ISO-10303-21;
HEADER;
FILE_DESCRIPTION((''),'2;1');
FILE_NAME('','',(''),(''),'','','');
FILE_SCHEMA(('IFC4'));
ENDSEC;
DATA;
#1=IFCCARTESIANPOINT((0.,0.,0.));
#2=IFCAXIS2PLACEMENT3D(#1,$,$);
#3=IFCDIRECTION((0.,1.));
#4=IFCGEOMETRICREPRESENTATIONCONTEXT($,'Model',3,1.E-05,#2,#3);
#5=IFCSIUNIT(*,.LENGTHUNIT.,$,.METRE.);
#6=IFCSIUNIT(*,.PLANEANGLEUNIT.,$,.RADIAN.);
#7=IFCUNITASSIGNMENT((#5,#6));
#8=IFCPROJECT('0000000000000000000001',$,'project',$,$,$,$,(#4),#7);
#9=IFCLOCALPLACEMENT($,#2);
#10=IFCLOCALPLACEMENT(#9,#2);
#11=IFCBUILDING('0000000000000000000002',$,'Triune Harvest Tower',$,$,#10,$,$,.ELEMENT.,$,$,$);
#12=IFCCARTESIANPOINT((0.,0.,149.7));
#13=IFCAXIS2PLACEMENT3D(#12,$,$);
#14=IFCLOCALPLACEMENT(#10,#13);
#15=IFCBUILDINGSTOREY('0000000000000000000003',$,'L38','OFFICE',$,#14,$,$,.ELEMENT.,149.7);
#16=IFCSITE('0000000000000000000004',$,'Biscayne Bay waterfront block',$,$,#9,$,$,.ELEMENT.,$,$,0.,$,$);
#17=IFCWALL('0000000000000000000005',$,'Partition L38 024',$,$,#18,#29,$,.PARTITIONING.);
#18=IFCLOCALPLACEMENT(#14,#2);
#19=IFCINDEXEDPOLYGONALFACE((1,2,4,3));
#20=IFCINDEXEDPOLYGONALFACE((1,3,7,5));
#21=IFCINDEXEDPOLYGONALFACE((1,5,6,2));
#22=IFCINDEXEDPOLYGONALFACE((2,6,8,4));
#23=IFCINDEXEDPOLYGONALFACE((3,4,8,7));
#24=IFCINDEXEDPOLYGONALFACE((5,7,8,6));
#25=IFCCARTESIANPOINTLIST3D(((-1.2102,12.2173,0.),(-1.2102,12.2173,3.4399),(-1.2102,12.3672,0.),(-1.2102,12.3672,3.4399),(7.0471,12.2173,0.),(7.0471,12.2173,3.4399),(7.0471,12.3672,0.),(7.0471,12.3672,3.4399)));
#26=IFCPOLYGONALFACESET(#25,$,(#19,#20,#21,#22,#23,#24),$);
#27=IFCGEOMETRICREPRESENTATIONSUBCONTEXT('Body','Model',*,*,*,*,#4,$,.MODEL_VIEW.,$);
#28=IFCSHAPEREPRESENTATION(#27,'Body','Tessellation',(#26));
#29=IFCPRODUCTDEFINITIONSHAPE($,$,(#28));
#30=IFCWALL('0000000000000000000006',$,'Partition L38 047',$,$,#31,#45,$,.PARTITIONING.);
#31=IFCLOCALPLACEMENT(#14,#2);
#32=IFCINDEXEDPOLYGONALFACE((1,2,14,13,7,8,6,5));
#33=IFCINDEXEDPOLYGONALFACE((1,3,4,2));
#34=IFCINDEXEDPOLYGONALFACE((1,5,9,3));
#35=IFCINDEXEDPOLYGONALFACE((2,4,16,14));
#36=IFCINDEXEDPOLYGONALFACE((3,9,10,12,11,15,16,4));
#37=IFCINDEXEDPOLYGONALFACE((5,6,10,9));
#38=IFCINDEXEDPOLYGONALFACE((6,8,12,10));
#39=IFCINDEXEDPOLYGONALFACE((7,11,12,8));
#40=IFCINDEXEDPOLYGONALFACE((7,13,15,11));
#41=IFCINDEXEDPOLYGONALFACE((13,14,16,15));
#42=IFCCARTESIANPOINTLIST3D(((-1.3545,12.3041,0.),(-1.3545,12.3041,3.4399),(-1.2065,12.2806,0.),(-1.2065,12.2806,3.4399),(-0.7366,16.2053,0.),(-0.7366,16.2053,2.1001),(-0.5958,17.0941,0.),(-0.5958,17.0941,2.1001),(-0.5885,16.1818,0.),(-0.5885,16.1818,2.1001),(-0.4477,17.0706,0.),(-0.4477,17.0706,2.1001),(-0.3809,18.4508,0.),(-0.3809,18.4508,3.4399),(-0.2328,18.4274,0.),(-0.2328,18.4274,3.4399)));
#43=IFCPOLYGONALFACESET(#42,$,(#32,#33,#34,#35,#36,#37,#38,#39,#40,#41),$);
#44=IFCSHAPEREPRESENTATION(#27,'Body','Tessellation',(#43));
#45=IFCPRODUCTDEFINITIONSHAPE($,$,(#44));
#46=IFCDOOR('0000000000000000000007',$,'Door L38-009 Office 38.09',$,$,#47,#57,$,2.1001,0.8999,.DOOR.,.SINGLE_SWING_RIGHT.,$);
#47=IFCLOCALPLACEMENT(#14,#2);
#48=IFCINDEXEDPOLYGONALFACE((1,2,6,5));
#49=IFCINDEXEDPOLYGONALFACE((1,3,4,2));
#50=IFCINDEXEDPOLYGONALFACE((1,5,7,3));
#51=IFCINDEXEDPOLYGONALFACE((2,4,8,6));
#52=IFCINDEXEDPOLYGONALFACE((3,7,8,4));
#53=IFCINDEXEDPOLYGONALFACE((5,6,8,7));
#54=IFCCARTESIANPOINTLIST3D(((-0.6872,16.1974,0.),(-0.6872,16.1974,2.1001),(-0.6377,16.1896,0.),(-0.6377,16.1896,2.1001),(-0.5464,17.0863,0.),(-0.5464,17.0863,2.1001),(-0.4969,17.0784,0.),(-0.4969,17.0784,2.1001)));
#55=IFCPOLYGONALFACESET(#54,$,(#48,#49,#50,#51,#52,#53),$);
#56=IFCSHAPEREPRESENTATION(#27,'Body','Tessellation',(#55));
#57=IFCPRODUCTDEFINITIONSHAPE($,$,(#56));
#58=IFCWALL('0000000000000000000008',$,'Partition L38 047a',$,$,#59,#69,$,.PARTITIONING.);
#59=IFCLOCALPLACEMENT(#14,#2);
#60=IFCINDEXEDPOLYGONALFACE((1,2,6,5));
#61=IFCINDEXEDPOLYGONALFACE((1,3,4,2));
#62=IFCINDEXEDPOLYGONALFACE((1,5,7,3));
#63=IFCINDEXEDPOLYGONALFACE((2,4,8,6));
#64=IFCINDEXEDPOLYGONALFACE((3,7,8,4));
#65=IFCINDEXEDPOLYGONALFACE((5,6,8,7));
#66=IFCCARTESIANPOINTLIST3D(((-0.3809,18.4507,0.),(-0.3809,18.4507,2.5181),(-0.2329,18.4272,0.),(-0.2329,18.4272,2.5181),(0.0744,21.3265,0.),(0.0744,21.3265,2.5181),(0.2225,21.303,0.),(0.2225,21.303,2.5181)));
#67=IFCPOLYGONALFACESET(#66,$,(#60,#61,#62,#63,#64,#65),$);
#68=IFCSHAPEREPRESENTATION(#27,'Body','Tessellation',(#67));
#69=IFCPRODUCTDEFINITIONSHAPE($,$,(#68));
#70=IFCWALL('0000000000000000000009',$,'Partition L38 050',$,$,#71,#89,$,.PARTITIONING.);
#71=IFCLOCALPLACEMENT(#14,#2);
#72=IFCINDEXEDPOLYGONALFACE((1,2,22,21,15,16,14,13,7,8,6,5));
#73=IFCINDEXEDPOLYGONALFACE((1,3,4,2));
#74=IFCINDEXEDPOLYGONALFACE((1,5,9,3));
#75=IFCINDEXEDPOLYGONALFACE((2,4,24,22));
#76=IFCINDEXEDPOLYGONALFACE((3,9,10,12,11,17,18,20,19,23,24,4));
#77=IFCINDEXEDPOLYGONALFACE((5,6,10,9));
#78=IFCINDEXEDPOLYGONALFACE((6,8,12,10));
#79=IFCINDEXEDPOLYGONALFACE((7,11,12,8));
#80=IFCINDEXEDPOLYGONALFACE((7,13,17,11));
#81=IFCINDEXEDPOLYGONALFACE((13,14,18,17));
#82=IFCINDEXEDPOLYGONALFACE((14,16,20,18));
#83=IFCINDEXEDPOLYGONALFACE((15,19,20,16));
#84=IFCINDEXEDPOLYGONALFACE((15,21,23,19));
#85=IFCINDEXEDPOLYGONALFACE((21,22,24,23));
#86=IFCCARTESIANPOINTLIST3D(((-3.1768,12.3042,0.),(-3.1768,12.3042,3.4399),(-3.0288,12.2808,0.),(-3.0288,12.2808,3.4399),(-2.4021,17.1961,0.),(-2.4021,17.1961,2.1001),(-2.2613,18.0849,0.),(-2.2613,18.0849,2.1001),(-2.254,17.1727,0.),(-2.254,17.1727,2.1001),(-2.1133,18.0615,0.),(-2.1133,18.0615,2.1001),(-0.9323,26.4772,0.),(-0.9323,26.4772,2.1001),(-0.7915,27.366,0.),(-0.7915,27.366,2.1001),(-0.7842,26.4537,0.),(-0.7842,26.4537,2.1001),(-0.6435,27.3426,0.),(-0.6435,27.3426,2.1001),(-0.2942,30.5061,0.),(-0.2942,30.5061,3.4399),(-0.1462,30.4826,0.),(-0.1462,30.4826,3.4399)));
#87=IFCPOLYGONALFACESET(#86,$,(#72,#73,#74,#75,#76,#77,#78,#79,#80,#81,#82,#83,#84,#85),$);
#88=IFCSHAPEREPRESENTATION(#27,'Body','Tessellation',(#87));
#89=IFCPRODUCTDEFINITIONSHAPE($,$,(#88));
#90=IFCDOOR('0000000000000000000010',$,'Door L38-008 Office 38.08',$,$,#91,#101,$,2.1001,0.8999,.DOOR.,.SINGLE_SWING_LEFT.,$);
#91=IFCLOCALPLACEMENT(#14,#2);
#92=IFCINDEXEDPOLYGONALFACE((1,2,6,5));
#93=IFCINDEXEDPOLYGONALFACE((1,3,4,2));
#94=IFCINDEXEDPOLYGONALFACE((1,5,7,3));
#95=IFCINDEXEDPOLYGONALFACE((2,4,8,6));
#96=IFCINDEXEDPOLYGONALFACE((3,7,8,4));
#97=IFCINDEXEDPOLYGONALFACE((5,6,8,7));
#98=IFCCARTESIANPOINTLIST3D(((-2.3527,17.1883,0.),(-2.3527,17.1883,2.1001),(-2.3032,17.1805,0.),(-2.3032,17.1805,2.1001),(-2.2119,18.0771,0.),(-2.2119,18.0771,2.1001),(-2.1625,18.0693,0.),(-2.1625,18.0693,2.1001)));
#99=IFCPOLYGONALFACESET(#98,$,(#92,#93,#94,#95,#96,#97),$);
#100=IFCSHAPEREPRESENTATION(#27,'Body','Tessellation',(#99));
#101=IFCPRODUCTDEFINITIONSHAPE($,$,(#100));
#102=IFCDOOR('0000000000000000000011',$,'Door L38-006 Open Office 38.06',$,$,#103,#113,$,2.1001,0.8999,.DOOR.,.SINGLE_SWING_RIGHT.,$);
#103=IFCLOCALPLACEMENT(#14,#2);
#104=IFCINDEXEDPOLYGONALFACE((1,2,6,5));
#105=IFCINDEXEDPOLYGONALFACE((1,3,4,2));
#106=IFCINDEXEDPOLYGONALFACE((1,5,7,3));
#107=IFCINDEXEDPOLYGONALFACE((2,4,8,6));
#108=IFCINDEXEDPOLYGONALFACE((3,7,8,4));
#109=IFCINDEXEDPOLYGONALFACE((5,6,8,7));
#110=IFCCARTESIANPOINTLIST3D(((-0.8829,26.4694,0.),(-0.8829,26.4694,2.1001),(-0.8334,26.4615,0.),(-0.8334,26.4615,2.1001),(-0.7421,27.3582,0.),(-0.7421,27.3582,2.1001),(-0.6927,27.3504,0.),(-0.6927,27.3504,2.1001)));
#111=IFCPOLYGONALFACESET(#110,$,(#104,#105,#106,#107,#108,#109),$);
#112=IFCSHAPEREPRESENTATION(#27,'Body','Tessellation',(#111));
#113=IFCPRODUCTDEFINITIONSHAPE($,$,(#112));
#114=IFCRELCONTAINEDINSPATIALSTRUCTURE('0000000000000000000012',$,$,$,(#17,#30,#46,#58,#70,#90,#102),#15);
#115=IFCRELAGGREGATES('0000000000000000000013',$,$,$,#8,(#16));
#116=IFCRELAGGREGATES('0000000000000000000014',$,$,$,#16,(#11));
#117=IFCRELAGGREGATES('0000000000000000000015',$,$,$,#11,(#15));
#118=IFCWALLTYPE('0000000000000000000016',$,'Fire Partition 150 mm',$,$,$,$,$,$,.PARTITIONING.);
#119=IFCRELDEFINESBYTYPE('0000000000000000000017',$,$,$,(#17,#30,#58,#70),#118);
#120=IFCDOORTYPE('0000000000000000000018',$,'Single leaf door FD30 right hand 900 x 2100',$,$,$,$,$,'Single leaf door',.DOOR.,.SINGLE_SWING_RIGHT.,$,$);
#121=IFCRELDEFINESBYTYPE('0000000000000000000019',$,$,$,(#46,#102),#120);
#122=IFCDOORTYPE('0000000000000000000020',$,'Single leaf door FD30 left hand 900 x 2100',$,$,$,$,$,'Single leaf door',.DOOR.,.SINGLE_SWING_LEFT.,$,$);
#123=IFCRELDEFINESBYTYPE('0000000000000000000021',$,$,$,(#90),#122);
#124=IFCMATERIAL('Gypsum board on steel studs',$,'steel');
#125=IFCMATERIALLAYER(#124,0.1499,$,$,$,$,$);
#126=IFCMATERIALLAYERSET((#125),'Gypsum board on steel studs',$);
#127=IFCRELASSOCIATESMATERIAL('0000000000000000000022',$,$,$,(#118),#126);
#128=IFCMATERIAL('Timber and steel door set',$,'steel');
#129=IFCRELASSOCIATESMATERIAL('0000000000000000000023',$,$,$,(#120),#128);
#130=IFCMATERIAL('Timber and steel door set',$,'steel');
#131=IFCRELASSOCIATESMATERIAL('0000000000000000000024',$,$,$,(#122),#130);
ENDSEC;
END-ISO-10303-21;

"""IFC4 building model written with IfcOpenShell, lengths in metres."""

from ifc_helpers import new_model, si_unit, direction, frame, frame_2d, origin, place, context, subcontext, project, spatial, rectangle, extrude, source, transform, mapped, material, layer, layer_set, type_object, element, fill, save


model = new_model("IFC4")

# Units and contexts
model_context = context("Model", 3, precision=1e-05, world=origin(), true_north=direction((0.0, 1.0)))
body_context = subcontext(model_context, "Body", "Model", "MODEL_VIEW")
ifc_project = project(units=[si_unit("LENGTHUNIT", "METRE"), si_unit("PLANEANGLEUNIT", "RADIAN")], contexts=[model_context])

# Site, building, storey
site_placement = place(None, origin())
site = spatial("IfcSite", under=ifc_project, at=site_placement, Name="Biscayne Bay waterfront block", CompositionType="ELEMENT", RefElevation=0.0)
building_placement = place(site_placement, origin())
building = spatial("IfcBuilding", under=site, at=building_placement, Name="Triune Harvest Tower", CompositionType="ELEMENT")
storey_placement = place(building_placement, frame((0.0, 0.0, 149.7)))
storey = spatial("IfcBuildingStorey", under=building, at=storey_placement, Name="L38", Description="OFFICE", CompositionType="ELEMENT", Elevation=149.7)

# Shared definitions
ifc_material_1 = material(Name="Gypsum board on steel studs", Category="steel")
ifc_layer_1 = layer(ifc_material_1, 0.1499)
ifc_layer_set_1 = layer_set([ifc_layer_1], Name="Gypsum board on steel studs")
wall_type_1 = type_object("IfcWallType", Name="Fire Partition 150 mm", PredefinedType="PARTITIONING", material=ifc_layer_set_1)
ifc_material_2 = material(Name="Timber and steel door set", Category="steel")
door_type_1 = type_object("IfcDoorType", Name="Single leaf door FD30 right hand 900 x 2100", ElementType="Single leaf door", OperationType="SINGLE_SWING_RIGHT", PredefinedType="DOOR", material=ifc_material_2)

# Shared definitions
ifc_material_3 = material(Name="Timber and steel door set", Category="steel")
door_type_2 = type_object("IfcDoorType", Name="Single leaf door FD30 left hand 900 x 2100", ElementType="Single leaf door", OperationType="SINGLE_SWING_LEFT", PredefinedType="DOOR", material=ifc_material_3)

# Wall
shared_shape_1 = source(origin(), body_context, "Body", "SweptSolid", [
    extrude(rectangle(XDim=8.2573, YDim=0.1499, at=frame_2d((4.1287, 0.0))), origin(), (0.0, 0.0, 1.0), 3.4399),
])
wall_1_placement = place(storey_placement, frame((-1.2102, 12.2922, 0.0), z_axis=(0.0, 0.0, 1.0), x_axis=(1.0, 0.0, 0.0)))
element("IfcWall", 1, at=wall_1_placement, inside=storey, type_object=wall_type_1, Name="Partition L38 024", PredefinedType="PARTITIONING", context=body_context, shape_type="MappedRepresentation", body=[
    mapped(shared_shape_1, transform((0.0, 0.0, 0.0), scale=1.0)),
])

# Wall, opening, door
shared_shape_2 = source(origin(), body_context, "Body", "SweptSolid", [
    extrude(rectangle(XDim=6.2234, YDim=0.1499, at=frame_2d((3.1118, 0.0))), origin(), (0.0, 0.0, 1.0), 3.4399),
])
wall_2_placement = place(storey_placement, frame((-1.2805, 12.2922, 0.0), z_axis=(0.0, 0.0, 1.0), x_axis=(0.156448, 0.987686, 0.0)))
wall_2 = element("IfcWall", 2, at=wall_2_placement, inside=storey, type_object=wall_type_1, Name="Partition L38 047", PredefinedType="PARTITIONING", context=body_context, shape_type="MappedRepresentation", body=[
    mapped(shared_shape_2, transform((0.0, 0.0, 0.0), scale=1.0)),
])
opening_1_placement = place(wall_2_placement, frame((3.95, 0.0, 0.0)))
opening_1 = element("IfcOpeningElement", 3, at=opening_1_placement, cuts=wall_2, PredefinedType="OPENING", context=body_context, shape_type="SweptSolid", body=[
    extrude(rectangle(XDim=0.8999, YDim=2.1001, at=frame_2d((0.45, 1.05))), frame((0.0, 0.085, 0.0), z_axis=(0.0, -1.0, 0.0), x_axis=(1.0, 0.0, 0.0)), (0.0, 0.0, 1.0), 0.1699),
])
door_1_placement = place(opening_1_placement, origin())
door_1 = element("IfcDoor", 4, at=door_1_placement, inside=storey, type_object=door_type_1, Name="Door L38-009 Office 38.09", OperationType="SINGLE_SWING_RIGHT", OverallHeight=2.1001, OverallWidth=0.8999, PredefinedType="DOOR", context=body_context, shape_type="SweptSolid", body=[
    extrude(rectangle(XDim=0.8999, YDim=2.1001, at=frame_2d((0.45, 1.05))), frame((0.0, 0.0249, 0.0), z_axis=(0.0, -1.0, 0.0), x_axis=(1.0, 0.0, 0.0)), (0.0, 0.0, 1.0), 0.05),
])
fill(opening_1, door_1)

# Wall
shared_shape_3 = source(origin(), body_context, "Body", "SweptSolid", [
    extrude(rectangle(XDim=2.9116, YDim=0.1499, at=frame_2d((1.4558, 0.0))), origin(), (0.0, 0.0, 1.0), 2.5181),
])
wall_3_placement = place(storey_placement, frame((-0.3069, 18.439, 0.0), z_axis=(0.0, 0.0, 1.0), x_axis=(0.156385, 0.987696, 0.0)))
element("IfcWall", 5, at=wall_3_placement, inside=storey, type_object=wall_type_1, Name="Partition L38 047a", PredefinedType="PARTITIONING", context=body_context, shape_type="MappedRepresentation", body=[
    mapped(shared_shape_3, transform((0.0, 0.0, 0.0), scale=1.0)),
])

# Wall, openings, doors
shared_shape_4 = source(origin(), body_context, "Body", "SweptSolid", [
    extrude(rectangle(XDim=18.4287, YDim=0.1499, at=frame_2d((9.2144, 0.0))), origin(), (0.0, 0.0, 1.0), 3.4399),
])
wall_4_placement = place(storey_placement, frame((-3.1028, 12.2925, 0.0), z_axis=(0.0, 0.0, 1.0), x_axis=(0.156417, 0.987691, 0.0)))
wall_4 = element("IfcWall", 6, at=wall_4_placement, inside=storey, type_object=wall_type_1, Name="Partition L38 050", PredefinedType="PARTITIONING", context=body_context, shape_type="MappedRepresentation", body=[
    mapped(shared_shape_4, transform((0.0, 0.0, 0.0), scale=1.0)),
])
opening_2_placement = place(wall_4_placement, frame((14.3496, 0.0, 0.0)))
opening_2 = element("IfcOpeningElement", 7, at=opening_2_placement, cuts=wall_4, PredefinedType="OPENING", context=body_context, shape_type="SweptSolid", body=[
    extrude(rectangle(XDim=0.8999, YDim=2.1001, at=frame_2d((0.45, 1.05))), frame((0.0, 0.085, 0.0), z_axis=(0.0, -1.0, 0.0), x_axis=(1.0, 0.0, 0.0)), (0.0, 0.0, 1.0), 0.1699),
])
opening_3_placement = place(wall_4_placement, frame((4.9529, 0.0, 0.0)))
opening_3 = element("IfcOpeningElement", 8, at=opening_3_placement, cuts=wall_4, PredefinedType="OPENING", context=body_context, shape_type="SweptSolid", body=[
    extrude(rectangle(XDim=0.8999, YDim=2.1001, at=frame_2d((0.45, 1.05))), frame((0.0, 0.085, 0.0), z_axis=(0.0, -1.0, 0.0), x_axis=(1.0, 0.0, 0.0)), (0.0, 0.0, 1.0), 0.1699),
])
door_2_placement = place(opening_3_placement, origin())
door_2 = element("IfcDoor", 9, at=door_2_placement, inside=storey, type_object=door_type_2, Name="Door L38-008 Office 38.08", OperationType="SINGLE_SWING_LEFT", OverallHeight=2.1001, OverallWidth=0.8999, PredefinedType="DOOR", context=body_context, shape_type="SweptSolid", body=[
    extrude(rectangle(XDim=0.8999, YDim=2.1001, at=frame_2d((0.45, 1.05))), frame((0.0, 0.0249, 0.0), z_axis=(0.0, -1.0, 0.0), x_axis=(1.0, 0.0, 0.0)), (0.0, 0.0, 1.0), 0.05),
])
fill(opening_3, door_2)
door_3_placement = place(opening_2_placement, origin())
door_3 = element("IfcDoor", 10, at=door_3_placement, inside=storey, type_object=door_type_1, Name="Door L38-006 Open Office 38.06", OperationType="SINGLE_SWING_RIGHT", OverallHeight=2.1001, OverallWidth=0.8999, PredefinedType="DOOR", context=body_context, shape_type="SweptSolid", body=[
    extrude(rectangle(XDim=0.8999, YDim=2.1001, at=frame_2d((0.45, 1.05))), frame((0.0, 0.0249, 0.0), z_axis=(0.0, -1.0, 0.0), x_axis=(1.0, 0.0, 0.0)), (0.0, 0.0, 1.0), 0.05),
])
fill(opening_2, door_3)

save(model, "model.ifc")
